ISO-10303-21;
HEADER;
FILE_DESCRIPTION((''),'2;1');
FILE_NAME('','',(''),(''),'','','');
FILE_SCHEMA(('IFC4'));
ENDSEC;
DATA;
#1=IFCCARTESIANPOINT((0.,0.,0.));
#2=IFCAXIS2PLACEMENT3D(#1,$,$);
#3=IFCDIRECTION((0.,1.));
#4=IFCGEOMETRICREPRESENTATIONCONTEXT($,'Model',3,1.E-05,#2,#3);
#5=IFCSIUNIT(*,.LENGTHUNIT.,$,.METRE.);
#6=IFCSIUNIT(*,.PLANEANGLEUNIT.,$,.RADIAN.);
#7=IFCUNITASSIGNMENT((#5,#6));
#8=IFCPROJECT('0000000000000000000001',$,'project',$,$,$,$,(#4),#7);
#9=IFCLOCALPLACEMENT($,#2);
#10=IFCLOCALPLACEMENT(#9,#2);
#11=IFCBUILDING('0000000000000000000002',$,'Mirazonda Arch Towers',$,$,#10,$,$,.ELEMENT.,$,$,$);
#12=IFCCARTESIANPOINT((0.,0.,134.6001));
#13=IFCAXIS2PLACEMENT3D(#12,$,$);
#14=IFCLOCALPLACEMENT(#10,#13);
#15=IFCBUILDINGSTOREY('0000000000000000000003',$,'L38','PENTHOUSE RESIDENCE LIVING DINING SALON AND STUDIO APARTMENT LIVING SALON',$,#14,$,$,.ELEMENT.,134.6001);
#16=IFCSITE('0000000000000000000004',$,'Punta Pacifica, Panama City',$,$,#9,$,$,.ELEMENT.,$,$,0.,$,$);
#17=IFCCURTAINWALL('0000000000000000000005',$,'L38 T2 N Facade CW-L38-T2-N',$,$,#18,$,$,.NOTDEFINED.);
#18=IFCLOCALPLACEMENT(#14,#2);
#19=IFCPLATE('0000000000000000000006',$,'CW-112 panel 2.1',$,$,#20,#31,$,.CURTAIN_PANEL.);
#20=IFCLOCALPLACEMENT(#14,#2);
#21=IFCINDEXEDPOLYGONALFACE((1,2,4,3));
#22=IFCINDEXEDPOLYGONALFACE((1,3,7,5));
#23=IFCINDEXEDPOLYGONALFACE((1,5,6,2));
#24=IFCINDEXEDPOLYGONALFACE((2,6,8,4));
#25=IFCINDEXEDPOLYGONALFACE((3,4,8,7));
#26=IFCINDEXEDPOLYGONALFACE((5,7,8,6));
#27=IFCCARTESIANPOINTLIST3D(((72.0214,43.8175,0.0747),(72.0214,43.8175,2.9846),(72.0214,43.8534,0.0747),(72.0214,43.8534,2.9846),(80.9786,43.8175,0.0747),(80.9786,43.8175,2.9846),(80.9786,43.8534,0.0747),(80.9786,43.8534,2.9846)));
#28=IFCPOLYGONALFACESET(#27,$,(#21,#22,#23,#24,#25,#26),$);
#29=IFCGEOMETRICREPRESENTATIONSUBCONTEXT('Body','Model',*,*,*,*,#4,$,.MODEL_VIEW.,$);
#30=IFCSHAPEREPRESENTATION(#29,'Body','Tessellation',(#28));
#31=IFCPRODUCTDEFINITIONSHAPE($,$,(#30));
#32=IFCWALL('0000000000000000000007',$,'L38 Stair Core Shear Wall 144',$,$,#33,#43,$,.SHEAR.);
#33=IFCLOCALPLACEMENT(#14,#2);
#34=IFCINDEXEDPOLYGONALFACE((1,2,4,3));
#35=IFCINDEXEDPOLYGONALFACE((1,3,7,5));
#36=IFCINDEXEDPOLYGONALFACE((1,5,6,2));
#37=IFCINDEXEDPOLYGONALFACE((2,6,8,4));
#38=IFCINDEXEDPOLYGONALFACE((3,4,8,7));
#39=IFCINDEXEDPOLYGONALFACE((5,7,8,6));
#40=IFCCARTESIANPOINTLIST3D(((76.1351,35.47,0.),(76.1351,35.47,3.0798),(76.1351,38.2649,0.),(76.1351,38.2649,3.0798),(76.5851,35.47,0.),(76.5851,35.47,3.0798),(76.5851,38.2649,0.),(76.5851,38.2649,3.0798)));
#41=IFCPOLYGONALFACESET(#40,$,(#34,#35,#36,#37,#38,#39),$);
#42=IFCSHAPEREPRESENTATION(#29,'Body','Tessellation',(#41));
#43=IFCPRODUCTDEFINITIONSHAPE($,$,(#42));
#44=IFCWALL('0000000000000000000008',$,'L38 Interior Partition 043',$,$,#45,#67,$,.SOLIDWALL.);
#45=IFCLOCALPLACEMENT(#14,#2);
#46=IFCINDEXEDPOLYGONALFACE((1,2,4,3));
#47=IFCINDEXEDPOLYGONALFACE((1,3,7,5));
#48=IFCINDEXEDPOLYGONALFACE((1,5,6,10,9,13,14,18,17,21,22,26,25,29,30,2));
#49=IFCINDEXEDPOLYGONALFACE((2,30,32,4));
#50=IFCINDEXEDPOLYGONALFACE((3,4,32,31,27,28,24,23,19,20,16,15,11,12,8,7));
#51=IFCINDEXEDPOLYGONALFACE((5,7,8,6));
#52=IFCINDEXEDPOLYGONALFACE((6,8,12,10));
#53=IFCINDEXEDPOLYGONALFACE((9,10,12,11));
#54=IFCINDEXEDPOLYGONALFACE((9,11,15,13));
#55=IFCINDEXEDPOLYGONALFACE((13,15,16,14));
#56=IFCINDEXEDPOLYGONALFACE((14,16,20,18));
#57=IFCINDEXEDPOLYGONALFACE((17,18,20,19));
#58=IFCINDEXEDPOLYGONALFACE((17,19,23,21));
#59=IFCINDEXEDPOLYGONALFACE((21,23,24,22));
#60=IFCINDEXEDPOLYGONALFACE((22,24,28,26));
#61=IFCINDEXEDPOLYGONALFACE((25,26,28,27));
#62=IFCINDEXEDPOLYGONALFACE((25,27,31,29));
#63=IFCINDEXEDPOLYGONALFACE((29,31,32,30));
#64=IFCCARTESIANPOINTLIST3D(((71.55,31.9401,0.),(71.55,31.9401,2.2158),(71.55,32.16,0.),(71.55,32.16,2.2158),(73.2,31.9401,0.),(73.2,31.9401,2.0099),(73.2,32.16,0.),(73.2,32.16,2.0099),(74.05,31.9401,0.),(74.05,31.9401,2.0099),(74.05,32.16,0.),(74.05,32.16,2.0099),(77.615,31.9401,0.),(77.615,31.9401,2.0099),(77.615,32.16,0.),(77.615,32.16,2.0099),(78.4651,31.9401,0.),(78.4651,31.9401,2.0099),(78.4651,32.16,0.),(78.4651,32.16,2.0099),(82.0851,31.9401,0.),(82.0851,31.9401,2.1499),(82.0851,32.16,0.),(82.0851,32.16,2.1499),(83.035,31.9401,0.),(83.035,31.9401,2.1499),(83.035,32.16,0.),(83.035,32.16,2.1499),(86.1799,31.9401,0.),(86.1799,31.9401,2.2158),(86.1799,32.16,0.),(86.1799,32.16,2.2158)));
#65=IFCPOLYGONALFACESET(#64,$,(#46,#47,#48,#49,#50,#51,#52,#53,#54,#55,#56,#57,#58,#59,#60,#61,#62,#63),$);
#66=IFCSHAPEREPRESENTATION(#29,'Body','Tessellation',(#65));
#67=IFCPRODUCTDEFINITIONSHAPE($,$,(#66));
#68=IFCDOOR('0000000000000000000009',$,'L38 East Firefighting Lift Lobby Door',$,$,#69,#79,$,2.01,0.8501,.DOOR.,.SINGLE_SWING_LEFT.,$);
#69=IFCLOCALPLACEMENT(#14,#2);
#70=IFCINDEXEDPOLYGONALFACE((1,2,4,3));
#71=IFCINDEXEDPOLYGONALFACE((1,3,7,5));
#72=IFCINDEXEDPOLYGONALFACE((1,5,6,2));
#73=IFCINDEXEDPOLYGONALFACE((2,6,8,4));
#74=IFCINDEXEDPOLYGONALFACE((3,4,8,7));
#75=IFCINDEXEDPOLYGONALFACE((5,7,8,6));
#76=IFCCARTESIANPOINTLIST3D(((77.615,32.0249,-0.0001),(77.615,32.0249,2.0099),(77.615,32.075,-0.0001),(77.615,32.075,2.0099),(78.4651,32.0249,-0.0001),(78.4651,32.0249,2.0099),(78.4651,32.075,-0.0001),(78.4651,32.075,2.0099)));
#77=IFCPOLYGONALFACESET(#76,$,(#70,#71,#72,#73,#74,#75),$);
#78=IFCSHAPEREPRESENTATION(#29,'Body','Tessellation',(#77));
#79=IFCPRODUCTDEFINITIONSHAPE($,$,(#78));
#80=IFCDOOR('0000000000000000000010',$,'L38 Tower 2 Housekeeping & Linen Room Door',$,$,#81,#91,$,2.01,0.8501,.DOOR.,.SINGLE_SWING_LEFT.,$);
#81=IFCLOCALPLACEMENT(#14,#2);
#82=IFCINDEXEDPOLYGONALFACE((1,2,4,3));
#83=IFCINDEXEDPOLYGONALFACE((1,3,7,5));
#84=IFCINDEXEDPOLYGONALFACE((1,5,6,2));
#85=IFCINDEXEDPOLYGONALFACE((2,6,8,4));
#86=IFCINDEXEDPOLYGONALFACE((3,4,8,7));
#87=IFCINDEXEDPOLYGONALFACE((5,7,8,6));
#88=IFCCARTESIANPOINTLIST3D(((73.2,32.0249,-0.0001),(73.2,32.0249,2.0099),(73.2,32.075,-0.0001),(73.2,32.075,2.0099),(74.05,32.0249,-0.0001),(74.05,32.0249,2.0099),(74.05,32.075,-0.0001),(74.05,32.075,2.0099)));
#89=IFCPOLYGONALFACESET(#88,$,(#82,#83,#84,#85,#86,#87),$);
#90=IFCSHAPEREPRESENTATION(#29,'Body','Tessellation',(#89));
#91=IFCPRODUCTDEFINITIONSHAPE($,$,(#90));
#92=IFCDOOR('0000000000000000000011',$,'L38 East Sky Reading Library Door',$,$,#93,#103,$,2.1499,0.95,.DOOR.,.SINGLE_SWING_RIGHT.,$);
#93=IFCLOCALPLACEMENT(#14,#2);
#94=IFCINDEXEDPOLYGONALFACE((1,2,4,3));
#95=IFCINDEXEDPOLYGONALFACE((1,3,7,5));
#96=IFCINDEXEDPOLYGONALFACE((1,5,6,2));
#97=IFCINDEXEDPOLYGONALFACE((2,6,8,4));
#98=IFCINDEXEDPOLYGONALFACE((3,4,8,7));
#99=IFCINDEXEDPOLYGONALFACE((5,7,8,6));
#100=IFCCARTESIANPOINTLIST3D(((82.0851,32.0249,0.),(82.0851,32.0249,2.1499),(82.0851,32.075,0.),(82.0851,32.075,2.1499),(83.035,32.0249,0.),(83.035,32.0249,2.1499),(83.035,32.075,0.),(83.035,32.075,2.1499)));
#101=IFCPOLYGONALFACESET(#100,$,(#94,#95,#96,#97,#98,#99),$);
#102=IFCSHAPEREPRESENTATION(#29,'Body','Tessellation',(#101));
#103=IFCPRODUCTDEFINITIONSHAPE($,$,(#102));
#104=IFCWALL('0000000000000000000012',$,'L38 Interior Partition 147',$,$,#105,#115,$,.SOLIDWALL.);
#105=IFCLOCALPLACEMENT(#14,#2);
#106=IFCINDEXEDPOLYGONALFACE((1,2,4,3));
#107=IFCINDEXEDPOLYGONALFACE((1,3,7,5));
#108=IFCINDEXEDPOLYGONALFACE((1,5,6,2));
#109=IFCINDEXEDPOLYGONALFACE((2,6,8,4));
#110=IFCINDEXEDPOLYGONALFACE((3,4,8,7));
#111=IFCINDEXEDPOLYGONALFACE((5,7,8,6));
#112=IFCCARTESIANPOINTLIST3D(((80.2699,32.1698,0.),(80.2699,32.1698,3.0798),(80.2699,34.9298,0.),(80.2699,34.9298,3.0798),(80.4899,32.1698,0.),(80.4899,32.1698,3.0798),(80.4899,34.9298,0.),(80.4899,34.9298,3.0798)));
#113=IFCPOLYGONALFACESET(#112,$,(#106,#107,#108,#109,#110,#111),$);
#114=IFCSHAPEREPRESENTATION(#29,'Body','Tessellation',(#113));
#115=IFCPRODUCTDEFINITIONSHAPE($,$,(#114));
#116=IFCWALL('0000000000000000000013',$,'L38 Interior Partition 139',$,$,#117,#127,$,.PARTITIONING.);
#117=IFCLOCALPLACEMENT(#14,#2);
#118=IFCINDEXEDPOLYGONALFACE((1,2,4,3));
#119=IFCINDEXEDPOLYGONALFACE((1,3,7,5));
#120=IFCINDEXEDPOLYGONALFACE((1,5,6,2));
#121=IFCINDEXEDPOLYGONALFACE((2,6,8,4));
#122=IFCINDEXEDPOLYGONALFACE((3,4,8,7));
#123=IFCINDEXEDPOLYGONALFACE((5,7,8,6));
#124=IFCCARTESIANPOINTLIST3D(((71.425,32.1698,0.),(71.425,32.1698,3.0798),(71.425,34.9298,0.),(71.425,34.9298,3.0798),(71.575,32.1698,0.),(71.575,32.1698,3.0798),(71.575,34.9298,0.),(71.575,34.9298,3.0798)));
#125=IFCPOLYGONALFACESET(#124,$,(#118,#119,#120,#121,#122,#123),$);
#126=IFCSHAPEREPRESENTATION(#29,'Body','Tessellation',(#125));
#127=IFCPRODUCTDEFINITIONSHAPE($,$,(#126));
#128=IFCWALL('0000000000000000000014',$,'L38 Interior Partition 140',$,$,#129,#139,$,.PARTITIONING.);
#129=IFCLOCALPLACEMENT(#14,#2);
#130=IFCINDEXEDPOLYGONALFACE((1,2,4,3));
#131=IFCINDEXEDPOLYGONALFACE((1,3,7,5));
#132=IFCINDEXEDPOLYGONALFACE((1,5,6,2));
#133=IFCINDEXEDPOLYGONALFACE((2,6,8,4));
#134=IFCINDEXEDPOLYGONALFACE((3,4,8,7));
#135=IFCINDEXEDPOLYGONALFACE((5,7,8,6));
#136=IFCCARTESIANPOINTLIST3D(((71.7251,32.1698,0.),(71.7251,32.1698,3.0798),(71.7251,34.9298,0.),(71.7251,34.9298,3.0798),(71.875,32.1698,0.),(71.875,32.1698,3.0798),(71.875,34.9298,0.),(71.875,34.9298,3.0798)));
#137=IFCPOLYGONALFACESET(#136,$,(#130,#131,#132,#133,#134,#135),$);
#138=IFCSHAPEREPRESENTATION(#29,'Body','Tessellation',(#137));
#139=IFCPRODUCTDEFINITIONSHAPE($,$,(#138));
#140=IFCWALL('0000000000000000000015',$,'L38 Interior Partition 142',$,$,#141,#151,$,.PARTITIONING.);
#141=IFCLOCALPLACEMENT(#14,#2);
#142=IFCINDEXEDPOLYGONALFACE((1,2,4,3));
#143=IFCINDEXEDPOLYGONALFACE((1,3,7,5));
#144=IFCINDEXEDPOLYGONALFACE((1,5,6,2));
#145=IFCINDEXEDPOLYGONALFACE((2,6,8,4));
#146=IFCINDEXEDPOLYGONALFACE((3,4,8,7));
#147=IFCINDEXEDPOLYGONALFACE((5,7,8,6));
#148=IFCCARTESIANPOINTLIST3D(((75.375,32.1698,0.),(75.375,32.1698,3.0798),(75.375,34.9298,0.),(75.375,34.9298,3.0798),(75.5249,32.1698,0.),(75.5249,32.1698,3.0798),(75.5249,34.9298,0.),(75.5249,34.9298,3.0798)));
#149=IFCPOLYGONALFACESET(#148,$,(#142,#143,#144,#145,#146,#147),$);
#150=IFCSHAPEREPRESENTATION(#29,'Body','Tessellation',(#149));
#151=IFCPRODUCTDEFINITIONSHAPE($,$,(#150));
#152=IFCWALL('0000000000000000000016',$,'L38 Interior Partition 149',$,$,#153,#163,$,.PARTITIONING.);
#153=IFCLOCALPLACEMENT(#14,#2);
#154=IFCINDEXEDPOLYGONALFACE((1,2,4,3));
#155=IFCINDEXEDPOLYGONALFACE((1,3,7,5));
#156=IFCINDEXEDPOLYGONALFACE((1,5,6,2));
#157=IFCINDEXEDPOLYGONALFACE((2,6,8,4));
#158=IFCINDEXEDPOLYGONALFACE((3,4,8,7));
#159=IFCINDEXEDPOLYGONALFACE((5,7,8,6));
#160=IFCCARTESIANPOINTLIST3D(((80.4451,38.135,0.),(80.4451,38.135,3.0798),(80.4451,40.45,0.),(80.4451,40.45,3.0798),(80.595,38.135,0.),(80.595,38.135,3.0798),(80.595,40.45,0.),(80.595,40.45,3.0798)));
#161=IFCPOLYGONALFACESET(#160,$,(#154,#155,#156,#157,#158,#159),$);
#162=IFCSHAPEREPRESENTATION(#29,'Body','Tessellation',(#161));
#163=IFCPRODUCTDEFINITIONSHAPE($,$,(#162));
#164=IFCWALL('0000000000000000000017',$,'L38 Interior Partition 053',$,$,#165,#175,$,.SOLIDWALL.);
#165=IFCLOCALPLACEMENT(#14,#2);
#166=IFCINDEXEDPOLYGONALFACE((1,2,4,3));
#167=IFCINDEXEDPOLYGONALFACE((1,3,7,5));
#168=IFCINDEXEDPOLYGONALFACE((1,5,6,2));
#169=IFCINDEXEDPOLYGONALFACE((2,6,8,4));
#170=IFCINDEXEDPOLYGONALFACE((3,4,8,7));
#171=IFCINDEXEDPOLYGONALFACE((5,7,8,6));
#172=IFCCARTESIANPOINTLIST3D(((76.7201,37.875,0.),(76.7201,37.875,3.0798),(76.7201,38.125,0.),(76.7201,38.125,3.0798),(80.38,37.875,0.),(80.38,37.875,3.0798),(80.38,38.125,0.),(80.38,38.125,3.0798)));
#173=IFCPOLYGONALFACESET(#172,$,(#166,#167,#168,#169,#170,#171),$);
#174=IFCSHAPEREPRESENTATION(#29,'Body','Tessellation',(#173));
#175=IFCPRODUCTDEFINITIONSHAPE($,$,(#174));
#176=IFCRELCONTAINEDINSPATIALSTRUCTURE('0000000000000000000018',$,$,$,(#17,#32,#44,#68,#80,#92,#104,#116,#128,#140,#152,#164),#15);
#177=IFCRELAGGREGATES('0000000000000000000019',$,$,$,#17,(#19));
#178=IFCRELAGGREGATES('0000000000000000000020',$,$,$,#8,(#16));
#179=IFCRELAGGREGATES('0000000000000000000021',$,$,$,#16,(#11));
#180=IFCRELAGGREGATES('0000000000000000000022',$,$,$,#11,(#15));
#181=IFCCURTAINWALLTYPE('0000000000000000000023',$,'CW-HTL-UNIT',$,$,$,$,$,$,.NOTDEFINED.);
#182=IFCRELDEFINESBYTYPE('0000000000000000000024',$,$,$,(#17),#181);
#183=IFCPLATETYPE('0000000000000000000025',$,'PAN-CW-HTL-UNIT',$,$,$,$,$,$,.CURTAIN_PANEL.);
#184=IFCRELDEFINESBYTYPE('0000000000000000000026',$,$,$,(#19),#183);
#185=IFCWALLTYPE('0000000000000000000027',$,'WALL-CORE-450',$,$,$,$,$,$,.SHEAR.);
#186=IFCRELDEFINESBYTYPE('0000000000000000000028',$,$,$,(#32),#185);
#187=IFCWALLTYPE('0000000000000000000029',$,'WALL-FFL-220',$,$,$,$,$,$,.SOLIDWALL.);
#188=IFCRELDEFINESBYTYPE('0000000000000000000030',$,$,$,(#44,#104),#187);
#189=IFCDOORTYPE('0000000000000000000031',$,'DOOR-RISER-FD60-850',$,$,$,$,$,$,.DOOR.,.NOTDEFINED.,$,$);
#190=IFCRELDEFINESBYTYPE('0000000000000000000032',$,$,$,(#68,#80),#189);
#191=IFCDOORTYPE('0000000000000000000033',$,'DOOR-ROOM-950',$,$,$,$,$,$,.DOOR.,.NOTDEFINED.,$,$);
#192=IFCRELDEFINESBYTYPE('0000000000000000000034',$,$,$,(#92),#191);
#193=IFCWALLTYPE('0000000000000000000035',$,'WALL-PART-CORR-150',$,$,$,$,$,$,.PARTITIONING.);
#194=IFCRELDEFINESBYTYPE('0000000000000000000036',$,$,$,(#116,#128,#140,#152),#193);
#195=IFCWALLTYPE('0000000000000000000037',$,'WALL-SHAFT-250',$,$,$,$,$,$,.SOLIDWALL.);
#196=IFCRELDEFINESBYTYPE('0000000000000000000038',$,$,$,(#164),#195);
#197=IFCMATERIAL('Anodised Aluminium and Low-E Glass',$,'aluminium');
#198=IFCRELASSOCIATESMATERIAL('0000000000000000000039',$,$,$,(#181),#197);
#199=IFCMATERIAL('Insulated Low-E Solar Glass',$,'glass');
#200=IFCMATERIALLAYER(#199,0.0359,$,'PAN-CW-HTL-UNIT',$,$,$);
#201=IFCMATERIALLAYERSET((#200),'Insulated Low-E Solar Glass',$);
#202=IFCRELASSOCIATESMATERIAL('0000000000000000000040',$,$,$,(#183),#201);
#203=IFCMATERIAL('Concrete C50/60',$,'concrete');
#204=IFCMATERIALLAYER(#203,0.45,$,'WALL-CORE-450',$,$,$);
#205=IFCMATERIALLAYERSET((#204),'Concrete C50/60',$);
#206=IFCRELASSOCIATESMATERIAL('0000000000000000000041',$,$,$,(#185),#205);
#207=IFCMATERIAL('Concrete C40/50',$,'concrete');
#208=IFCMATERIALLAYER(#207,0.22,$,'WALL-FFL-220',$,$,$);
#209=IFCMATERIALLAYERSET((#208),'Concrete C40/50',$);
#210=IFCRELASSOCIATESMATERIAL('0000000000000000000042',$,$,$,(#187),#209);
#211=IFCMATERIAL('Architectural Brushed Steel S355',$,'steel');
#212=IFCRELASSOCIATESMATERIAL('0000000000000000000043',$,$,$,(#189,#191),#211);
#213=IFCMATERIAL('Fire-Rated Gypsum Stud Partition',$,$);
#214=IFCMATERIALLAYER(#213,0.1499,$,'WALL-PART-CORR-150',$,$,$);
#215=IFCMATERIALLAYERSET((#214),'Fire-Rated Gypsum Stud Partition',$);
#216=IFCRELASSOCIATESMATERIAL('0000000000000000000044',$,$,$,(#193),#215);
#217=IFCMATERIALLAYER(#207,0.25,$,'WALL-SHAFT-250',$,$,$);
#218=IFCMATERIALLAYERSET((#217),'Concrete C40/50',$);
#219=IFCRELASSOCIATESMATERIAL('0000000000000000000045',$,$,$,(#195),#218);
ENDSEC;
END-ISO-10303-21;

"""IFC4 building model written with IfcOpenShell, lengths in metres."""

from ifc_helpers import new_model, si_unit, direction, frame, frame_2d, origin, origin_2d, place, context, subcontext, project, spatial, rectangle, extrude, material, layer, layer_set, type_object, element, fill, aggregate, save


model = new_model("IFC4")

# Units and contexts
model_context = context("Model", 3, precision=1e-05, world=origin(), true_north=direction((0.0, 1.0)))
body_context = subcontext(model_context, "Body", "Model", "MODEL_VIEW")
ifc_project = project(units=[si_unit("LENGTHUNIT", "METRE"), si_unit("PLANEANGLEUNIT", "RADIAN")], contexts=[model_context])

# Site, building, storey
site_placement = place(None, origin())
site = spatial("IfcSite", under=ifc_project, at=site_placement, Name="Punta Pacifica, Panama City", CompositionType="ELEMENT", RefElevation=0.0)
building_placement = place(site_placement, origin())
building = spatial("IfcBuilding", under=site, at=building_placement, Name="Mirazonda Arch Towers", CompositionType="ELEMENT")
storey_placement = place(building_placement, frame((0.0, 0.0, 134.6001)))
storey = spatial("IfcBuildingStorey", under=building, at=storey_placement, Name="L38", Description="PENTHOUSE RESIDENCE LIVING DINING SALON AND STUDIO APARTMENT LIVING SALON", CompositionType="ELEMENT", Elevation=134.6001)

# Shared definitions
ifc_material_1 = material(Name="Concrete C50/60", Category="concrete")

# Curtain wall, plate
ifc_material_2 = material(Name="Anodised Aluminium and Low-E Glass", Category="aluminium")
curtain_wall_type = type_object("IfcCurtainWallType", Name="CW-HTL-UNIT", PredefinedType="NOTDEFINED", material=ifc_material_2)
curtain_wall_placement = place(storey_placement, origin())
curtain_wall = element("IfcCurtainWall", 1, at=curtain_wall_placement, inside=storey, type_object=curtain_wall_type, Name="L38 T2 N Facade CW-L38-T2-N", PredefinedType="NOTDEFINED")
ifc_material_3 = material(Name="Insulated Low-E Solar Glass", Category="glass")
ifc_layer_1 = layer(ifc_material_3, 0.0359, Name="PAN-CW-HTL-UNIT")
ifc_layer_set_1 = layer_set([ifc_layer_1], Name="Insulated Low-E Solar Glass")
plate_type = type_object("IfcPlateType", Name="PAN-CW-HTL-UNIT", PredefinedType="CURTAIN_PANEL", material=ifc_layer_set_1)
plate_placement = place(storey_placement, frame((76.5, 43.8354, 0.0747), z_axis=(0.0, 0.0, 1.0), x_axis=(1.0, 0.0, 0.0)))
plate = element("IfcPlate", 2, at=plate_placement, type_object=plate_type, Name="CW-112 panel 2.1", PredefinedType="CURTAIN_PANEL", context=body_context, shape_type="SweptSolid", body=[
    extrude(rectangle(XDim=8.9573, YDim=0.0359, at=origin_2d()), origin(), (0.0, 0.0, 1.0), 2.9099),
])
aggregate(curtain_wall, [plate])

# Wall
ifc_layer_2 = layer(ifc_material_1, 0.45, Name="WALL-CORE-450")
ifc_layer_set_2 = layer_set([ifc_layer_2], Name="Concrete C50/60")
wall_type_1 = type_object("IfcWallType", Name="WALL-CORE-450", PredefinedType="SHEAR", material=ifc_layer_set_2)
wall_1_placement = place(storey_placement, frame((76.3601, 35.47, 0.0), z_axis=(0.0, 0.0, 1.0), x_axis=(0.0, 1.0, 0.0)))
element("IfcWall", 3, at=wall_1_placement, inside=storey, type_object=wall_type_1, Name="L38 Stair Core Shear Wall 144", PredefinedType="SHEAR", context=body_context, shape_type="SweptSolid", body=[
    extrude(rectangle(XDim=2.7949, YDim=0.45, at=frame_2d((1.3975, 0.0))), origin(), (0.0, 0.0, 1.0), 3.0798),
])

# Wall, openings, doors
ifc_material_4 = material(Name="Concrete C40/50", Category="concrete")
ifc_layer_3 = layer(ifc_material_4, 0.22, Name="WALL-FFL-220")
ifc_layer_set_3 = layer_set([ifc_layer_3], Name="Concrete C40/50")
wall_type_2 = type_object("IfcWallType", Name="WALL-FFL-220", PredefinedType="SOLIDWALL", material=ifc_layer_set_3)
wall_2_placement = place(storey_placement, frame((71.55, 32.05, 0.0), z_axis=(0.0, 0.0, 1.0), x_axis=(1.0, 0.0, 0.0)))
wall_2 = element("IfcWall", 4, at=wall_2_placement, inside=storey, type_object=wall_type_2, Name="L38 Interior Partition 043", PredefinedType="SOLIDWALL", context=body_context, shape_type="SweptSolid", body=[
    extrude(rectangle(XDim=14.6299, YDim=0.22, at=frame_2d((7.3149, 0.0))), origin(), (0.0, 0.0, 1.0), 2.2158),
])
opening_1_placement = place(wall_2_placement, frame((6.0649, 0.0, 0.0)))
opening_1 = element("IfcOpeningElement", 5, at=opening_1_placement, cuts=wall_2, PredefinedType="OPENING", context=body_context, shape_type="SweptSolid", body=[
    extrude(rectangle(XDim=0.8501, YDim=2.01, at=frame_2d((0.425, 1.0049))), frame((0.0, 0.1199, 0.0), z_axis=(0.0, -1.0, 0.0), x_axis=(1.0, 0.0, 0.0)), (0.0, 0.0, 1.0), 0.24),
])
opening_2_placement = place(wall_2_placement, frame((10.5349, 0.0, 0.0)))
opening_2 = element("IfcOpeningElement", 6, at=opening_2_placement, cuts=wall_2, PredefinedType="OPENING", context=body_context, shape_type="SweptSolid", body=[
    extrude(rectangle(XDim=0.95, YDim=2.1499, at=frame_2d((0.4751, 1.075))), frame((0.0, 0.1199, 0.0), z_axis=(0.0, -1.0, 0.0), x_axis=(1.0, 0.0, 0.0)), (0.0, 0.0, 1.0), 0.24),
])
opening_3_placement = place(wall_2_placement, frame((1.6499, 0.0, 0.0)))
opening_3 = element("IfcOpeningElement", 7, at=opening_3_placement, cuts=wall_2, PredefinedType="OPENING", context=body_context, shape_type="SweptSolid", body=[
    extrude(rectangle(XDim=0.8501, YDim=2.01, at=frame_2d((0.425, 1.0049))), frame((0.0, 0.1199, 0.0), z_axis=(0.0, -1.0, 0.0), x_axis=(1.0, 0.0, 0.0)), (0.0, 0.0, 1.0), 0.24),
])
ifc_material_5 = material(Name="Architectural Brushed Steel S355", Category="steel")
door_type_1 = type_object("IfcDoorType", Name="DOOR-RISER-FD60-850", OperationType="NOTDEFINED", PredefinedType="DOOR", material=ifc_material_5)
door_1_placement = place(opening_1_placement, origin())
door_1 = element("IfcDoor", 8, at=door_1_placement, inside=storey, type_object=door_type_1, Name="L38 East Firefighting Lift Lobby Door", OperationType="SINGLE_SWING_LEFT", OverallHeight=2.01, OverallWidth=0.8501, PredefinedType="DOOR", context=body_context, shape_type="SweptSolid", body=[
    extrude(rectangle(XDim=0.8501, YDim=2.01, at=frame_2d((0.425, 1.0049))), frame((0.0, 0.0249, 0.0), z_axis=(0.0, -1.0, 0.0), x_axis=(1.0, 0.0, 0.0)), (0.0, 0.0, 1.0), 0.05),
])
fill(opening_1, door_1)
door_2_placement = place(opening_3_placement, origin())
door_2 = element("IfcDoor", 9, at=door_2_placement, inside=storey, type_object=door_type_1, Name="L38 Tower 2 Housekeeping & Linen Room Door", OperationType="SINGLE_SWING_LEFT", OverallHeight=2.01, OverallWidth=0.8501, PredefinedType="DOOR", context=body_context, shape_type="SweptSolid", body=[
    extrude(rectangle(XDim=0.8501, YDim=2.01, at=frame_2d((0.425, 1.0049))), frame((0.0, 0.0249, 0.0), z_axis=(0.0, -1.0, 0.0), x_axis=(1.0, 0.0, 0.0)), (0.0, 0.0, 1.0), 0.05),
])
fill(opening_3, door_2)
door_type_2 = type_object("IfcDoorType", Name="DOOR-ROOM-950", OperationType="NOTDEFINED", PredefinedType="DOOR", material=ifc_material_5)
door_3_placement = place(opening_2_placement, origin())
door_3 = element("IfcDoor", 10, at=door_3_placement, inside=storey, type_object=door_type_2, Name="L38 East Sky Reading Library Door", OperationType="SINGLE_SWING_RIGHT", OverallHeight=2.1499, OverallWidth=0.95, PredefinedType="DOOR", context=body_context, shape_type="SweptSolid", body=[
    extrude(rectangle(XDim=0.95, YDim=2.1499, at=frame_2d((0.4751, 1.075))), frame((0.0, 0.0249, 0.0), z_axis=(0.0, -1.0, 0.0), x_axis=(1.0, 0.0, 0.0)), (0.0, 0.0, 1.0), 0.05),
])
fill(opening_2, door_3)

# Walls
wall_3_placement = place(storey_placement, frame((80.3799, 32.1699, 0.0), z_axis=(0.0, 0.0, 1.0), x_axis=(0.0, 1.0, 0.0)))
element("IfcWall", 11, at=wall_3_placement, inside=storey, type_object=wall_type_2, Name="L38 Interior Partition 147", PredefinedType="SOLIDWALL", context=body_context, shape_type="SweptSolid", body=[
    extrude(rectangle(XDim=2.76, YDim=0.22, at=frame_2d((1.3799, 0.0))), origin(), (0.0, 0.0, 1.0), 3.0798),
])
ifc_material_6 = material(Name="Fire-Rated Gypsum Stud Partition")
ifc_layer_4 = layer(ifc_material_6, 0.1499, Name="WALL-PART-CORR-150")
ifc_layer_set_4 = layer_set([ifc_layer_4], Name="Fire-Rated Gypsum Stud Partition")
wall_type_3 = type_object("IfcWallType", Name="WALL-PART-CORR-150", PredefinedType="PARTITIONING", material=ifc_layer_set_4)
for number, where, z_axis, x_axis, name in (
    (12, (71.5, 32.1699, 0.0), (0.0, 0.0, 1.0), (0.0, 1.0, 0.0), "L38 Interior Partition 139"),
    (13, (71.8, 32.1699, 0.0), (0.0, 0.0, 1.0), (0.0, 1.0, 0.0), "L38 Interior Partition 140"),
    (14, (75.45, 32.1699, 0.0), (0.0, 0.0, 1.0), (0.0, 1.0, 0.0), "L38 Interior Partition 142"),
):
    element("IfcWall", number, at=place(storey_placement, frame(where, z_axis=z_axis, x_axis=x_axis)), inside=storey, type_object=wall_type_3, Name=name, PredefinedType="PARTITIONING", context=body_context, shape_type="SweptSolid", body=[
        extrude(rectangle(XDim=2.76, YDim=0.1499, at=frame_2d((1.3799, 0.0))), origin(), (0.0, 0.0, 1.0), 3.0798),
    ])
wall_4_placement = place(storey_placement, frame((80.52, 38.135, 0.0), z_axis=(0.0, 0.0, 1.0), x_axis=(0.0, 1.0, 0.0)))
element("IfcWall", 15, at=wall_4_placement, inside=storey, type_object=wall_type_3, Name="L38 Interior Partition 149", PredefinedType="PARTITIONING", context=body_context, shape_type="SweptSolid", body=[
    extrude(rectangle(XDim=2.3149, YDim=0.1499, at=frame_2d((1.1575, 0.0))), origin(), (0.0, 0.0, 1.0), 3.0798),
])
ifc_layer_5 = layer(ifc_material_4, 0.25, Name="WALL-SHAFT-250")
ifc_layer_set_5 = layer_set([ifc_layer_5], Name="Concrete C40/50")
wall_type_4 = type_object("IfcWallType", Name="WALL-SHAFT-250", PredefinedType="SOLIDWALL", material=ifc_layer_set_5)
wall_5_placement = place(storey_placement, frame((76.72, 38.0, 0.0), z_axis=(0.0, 0.0, 1.0), x_axis=(1.0, 0.0, 0.0)))
element("IfcWall", 16, at=wall_5_placement, inside=storey, type_object=wall_type_4, Name="L38 Interior Partition 053", PredefinedType="SOLIDWALL", context=body_context, shape_type="SweptSolid", body=[
    extrude(rectangle(XDim=3.6599, YDim=0.25, at=frame_2d((1.8301, 0.0))), origin(), (0.0, 0.0, 1.0), 3.0798),
])

save(model, "model.ifc")
